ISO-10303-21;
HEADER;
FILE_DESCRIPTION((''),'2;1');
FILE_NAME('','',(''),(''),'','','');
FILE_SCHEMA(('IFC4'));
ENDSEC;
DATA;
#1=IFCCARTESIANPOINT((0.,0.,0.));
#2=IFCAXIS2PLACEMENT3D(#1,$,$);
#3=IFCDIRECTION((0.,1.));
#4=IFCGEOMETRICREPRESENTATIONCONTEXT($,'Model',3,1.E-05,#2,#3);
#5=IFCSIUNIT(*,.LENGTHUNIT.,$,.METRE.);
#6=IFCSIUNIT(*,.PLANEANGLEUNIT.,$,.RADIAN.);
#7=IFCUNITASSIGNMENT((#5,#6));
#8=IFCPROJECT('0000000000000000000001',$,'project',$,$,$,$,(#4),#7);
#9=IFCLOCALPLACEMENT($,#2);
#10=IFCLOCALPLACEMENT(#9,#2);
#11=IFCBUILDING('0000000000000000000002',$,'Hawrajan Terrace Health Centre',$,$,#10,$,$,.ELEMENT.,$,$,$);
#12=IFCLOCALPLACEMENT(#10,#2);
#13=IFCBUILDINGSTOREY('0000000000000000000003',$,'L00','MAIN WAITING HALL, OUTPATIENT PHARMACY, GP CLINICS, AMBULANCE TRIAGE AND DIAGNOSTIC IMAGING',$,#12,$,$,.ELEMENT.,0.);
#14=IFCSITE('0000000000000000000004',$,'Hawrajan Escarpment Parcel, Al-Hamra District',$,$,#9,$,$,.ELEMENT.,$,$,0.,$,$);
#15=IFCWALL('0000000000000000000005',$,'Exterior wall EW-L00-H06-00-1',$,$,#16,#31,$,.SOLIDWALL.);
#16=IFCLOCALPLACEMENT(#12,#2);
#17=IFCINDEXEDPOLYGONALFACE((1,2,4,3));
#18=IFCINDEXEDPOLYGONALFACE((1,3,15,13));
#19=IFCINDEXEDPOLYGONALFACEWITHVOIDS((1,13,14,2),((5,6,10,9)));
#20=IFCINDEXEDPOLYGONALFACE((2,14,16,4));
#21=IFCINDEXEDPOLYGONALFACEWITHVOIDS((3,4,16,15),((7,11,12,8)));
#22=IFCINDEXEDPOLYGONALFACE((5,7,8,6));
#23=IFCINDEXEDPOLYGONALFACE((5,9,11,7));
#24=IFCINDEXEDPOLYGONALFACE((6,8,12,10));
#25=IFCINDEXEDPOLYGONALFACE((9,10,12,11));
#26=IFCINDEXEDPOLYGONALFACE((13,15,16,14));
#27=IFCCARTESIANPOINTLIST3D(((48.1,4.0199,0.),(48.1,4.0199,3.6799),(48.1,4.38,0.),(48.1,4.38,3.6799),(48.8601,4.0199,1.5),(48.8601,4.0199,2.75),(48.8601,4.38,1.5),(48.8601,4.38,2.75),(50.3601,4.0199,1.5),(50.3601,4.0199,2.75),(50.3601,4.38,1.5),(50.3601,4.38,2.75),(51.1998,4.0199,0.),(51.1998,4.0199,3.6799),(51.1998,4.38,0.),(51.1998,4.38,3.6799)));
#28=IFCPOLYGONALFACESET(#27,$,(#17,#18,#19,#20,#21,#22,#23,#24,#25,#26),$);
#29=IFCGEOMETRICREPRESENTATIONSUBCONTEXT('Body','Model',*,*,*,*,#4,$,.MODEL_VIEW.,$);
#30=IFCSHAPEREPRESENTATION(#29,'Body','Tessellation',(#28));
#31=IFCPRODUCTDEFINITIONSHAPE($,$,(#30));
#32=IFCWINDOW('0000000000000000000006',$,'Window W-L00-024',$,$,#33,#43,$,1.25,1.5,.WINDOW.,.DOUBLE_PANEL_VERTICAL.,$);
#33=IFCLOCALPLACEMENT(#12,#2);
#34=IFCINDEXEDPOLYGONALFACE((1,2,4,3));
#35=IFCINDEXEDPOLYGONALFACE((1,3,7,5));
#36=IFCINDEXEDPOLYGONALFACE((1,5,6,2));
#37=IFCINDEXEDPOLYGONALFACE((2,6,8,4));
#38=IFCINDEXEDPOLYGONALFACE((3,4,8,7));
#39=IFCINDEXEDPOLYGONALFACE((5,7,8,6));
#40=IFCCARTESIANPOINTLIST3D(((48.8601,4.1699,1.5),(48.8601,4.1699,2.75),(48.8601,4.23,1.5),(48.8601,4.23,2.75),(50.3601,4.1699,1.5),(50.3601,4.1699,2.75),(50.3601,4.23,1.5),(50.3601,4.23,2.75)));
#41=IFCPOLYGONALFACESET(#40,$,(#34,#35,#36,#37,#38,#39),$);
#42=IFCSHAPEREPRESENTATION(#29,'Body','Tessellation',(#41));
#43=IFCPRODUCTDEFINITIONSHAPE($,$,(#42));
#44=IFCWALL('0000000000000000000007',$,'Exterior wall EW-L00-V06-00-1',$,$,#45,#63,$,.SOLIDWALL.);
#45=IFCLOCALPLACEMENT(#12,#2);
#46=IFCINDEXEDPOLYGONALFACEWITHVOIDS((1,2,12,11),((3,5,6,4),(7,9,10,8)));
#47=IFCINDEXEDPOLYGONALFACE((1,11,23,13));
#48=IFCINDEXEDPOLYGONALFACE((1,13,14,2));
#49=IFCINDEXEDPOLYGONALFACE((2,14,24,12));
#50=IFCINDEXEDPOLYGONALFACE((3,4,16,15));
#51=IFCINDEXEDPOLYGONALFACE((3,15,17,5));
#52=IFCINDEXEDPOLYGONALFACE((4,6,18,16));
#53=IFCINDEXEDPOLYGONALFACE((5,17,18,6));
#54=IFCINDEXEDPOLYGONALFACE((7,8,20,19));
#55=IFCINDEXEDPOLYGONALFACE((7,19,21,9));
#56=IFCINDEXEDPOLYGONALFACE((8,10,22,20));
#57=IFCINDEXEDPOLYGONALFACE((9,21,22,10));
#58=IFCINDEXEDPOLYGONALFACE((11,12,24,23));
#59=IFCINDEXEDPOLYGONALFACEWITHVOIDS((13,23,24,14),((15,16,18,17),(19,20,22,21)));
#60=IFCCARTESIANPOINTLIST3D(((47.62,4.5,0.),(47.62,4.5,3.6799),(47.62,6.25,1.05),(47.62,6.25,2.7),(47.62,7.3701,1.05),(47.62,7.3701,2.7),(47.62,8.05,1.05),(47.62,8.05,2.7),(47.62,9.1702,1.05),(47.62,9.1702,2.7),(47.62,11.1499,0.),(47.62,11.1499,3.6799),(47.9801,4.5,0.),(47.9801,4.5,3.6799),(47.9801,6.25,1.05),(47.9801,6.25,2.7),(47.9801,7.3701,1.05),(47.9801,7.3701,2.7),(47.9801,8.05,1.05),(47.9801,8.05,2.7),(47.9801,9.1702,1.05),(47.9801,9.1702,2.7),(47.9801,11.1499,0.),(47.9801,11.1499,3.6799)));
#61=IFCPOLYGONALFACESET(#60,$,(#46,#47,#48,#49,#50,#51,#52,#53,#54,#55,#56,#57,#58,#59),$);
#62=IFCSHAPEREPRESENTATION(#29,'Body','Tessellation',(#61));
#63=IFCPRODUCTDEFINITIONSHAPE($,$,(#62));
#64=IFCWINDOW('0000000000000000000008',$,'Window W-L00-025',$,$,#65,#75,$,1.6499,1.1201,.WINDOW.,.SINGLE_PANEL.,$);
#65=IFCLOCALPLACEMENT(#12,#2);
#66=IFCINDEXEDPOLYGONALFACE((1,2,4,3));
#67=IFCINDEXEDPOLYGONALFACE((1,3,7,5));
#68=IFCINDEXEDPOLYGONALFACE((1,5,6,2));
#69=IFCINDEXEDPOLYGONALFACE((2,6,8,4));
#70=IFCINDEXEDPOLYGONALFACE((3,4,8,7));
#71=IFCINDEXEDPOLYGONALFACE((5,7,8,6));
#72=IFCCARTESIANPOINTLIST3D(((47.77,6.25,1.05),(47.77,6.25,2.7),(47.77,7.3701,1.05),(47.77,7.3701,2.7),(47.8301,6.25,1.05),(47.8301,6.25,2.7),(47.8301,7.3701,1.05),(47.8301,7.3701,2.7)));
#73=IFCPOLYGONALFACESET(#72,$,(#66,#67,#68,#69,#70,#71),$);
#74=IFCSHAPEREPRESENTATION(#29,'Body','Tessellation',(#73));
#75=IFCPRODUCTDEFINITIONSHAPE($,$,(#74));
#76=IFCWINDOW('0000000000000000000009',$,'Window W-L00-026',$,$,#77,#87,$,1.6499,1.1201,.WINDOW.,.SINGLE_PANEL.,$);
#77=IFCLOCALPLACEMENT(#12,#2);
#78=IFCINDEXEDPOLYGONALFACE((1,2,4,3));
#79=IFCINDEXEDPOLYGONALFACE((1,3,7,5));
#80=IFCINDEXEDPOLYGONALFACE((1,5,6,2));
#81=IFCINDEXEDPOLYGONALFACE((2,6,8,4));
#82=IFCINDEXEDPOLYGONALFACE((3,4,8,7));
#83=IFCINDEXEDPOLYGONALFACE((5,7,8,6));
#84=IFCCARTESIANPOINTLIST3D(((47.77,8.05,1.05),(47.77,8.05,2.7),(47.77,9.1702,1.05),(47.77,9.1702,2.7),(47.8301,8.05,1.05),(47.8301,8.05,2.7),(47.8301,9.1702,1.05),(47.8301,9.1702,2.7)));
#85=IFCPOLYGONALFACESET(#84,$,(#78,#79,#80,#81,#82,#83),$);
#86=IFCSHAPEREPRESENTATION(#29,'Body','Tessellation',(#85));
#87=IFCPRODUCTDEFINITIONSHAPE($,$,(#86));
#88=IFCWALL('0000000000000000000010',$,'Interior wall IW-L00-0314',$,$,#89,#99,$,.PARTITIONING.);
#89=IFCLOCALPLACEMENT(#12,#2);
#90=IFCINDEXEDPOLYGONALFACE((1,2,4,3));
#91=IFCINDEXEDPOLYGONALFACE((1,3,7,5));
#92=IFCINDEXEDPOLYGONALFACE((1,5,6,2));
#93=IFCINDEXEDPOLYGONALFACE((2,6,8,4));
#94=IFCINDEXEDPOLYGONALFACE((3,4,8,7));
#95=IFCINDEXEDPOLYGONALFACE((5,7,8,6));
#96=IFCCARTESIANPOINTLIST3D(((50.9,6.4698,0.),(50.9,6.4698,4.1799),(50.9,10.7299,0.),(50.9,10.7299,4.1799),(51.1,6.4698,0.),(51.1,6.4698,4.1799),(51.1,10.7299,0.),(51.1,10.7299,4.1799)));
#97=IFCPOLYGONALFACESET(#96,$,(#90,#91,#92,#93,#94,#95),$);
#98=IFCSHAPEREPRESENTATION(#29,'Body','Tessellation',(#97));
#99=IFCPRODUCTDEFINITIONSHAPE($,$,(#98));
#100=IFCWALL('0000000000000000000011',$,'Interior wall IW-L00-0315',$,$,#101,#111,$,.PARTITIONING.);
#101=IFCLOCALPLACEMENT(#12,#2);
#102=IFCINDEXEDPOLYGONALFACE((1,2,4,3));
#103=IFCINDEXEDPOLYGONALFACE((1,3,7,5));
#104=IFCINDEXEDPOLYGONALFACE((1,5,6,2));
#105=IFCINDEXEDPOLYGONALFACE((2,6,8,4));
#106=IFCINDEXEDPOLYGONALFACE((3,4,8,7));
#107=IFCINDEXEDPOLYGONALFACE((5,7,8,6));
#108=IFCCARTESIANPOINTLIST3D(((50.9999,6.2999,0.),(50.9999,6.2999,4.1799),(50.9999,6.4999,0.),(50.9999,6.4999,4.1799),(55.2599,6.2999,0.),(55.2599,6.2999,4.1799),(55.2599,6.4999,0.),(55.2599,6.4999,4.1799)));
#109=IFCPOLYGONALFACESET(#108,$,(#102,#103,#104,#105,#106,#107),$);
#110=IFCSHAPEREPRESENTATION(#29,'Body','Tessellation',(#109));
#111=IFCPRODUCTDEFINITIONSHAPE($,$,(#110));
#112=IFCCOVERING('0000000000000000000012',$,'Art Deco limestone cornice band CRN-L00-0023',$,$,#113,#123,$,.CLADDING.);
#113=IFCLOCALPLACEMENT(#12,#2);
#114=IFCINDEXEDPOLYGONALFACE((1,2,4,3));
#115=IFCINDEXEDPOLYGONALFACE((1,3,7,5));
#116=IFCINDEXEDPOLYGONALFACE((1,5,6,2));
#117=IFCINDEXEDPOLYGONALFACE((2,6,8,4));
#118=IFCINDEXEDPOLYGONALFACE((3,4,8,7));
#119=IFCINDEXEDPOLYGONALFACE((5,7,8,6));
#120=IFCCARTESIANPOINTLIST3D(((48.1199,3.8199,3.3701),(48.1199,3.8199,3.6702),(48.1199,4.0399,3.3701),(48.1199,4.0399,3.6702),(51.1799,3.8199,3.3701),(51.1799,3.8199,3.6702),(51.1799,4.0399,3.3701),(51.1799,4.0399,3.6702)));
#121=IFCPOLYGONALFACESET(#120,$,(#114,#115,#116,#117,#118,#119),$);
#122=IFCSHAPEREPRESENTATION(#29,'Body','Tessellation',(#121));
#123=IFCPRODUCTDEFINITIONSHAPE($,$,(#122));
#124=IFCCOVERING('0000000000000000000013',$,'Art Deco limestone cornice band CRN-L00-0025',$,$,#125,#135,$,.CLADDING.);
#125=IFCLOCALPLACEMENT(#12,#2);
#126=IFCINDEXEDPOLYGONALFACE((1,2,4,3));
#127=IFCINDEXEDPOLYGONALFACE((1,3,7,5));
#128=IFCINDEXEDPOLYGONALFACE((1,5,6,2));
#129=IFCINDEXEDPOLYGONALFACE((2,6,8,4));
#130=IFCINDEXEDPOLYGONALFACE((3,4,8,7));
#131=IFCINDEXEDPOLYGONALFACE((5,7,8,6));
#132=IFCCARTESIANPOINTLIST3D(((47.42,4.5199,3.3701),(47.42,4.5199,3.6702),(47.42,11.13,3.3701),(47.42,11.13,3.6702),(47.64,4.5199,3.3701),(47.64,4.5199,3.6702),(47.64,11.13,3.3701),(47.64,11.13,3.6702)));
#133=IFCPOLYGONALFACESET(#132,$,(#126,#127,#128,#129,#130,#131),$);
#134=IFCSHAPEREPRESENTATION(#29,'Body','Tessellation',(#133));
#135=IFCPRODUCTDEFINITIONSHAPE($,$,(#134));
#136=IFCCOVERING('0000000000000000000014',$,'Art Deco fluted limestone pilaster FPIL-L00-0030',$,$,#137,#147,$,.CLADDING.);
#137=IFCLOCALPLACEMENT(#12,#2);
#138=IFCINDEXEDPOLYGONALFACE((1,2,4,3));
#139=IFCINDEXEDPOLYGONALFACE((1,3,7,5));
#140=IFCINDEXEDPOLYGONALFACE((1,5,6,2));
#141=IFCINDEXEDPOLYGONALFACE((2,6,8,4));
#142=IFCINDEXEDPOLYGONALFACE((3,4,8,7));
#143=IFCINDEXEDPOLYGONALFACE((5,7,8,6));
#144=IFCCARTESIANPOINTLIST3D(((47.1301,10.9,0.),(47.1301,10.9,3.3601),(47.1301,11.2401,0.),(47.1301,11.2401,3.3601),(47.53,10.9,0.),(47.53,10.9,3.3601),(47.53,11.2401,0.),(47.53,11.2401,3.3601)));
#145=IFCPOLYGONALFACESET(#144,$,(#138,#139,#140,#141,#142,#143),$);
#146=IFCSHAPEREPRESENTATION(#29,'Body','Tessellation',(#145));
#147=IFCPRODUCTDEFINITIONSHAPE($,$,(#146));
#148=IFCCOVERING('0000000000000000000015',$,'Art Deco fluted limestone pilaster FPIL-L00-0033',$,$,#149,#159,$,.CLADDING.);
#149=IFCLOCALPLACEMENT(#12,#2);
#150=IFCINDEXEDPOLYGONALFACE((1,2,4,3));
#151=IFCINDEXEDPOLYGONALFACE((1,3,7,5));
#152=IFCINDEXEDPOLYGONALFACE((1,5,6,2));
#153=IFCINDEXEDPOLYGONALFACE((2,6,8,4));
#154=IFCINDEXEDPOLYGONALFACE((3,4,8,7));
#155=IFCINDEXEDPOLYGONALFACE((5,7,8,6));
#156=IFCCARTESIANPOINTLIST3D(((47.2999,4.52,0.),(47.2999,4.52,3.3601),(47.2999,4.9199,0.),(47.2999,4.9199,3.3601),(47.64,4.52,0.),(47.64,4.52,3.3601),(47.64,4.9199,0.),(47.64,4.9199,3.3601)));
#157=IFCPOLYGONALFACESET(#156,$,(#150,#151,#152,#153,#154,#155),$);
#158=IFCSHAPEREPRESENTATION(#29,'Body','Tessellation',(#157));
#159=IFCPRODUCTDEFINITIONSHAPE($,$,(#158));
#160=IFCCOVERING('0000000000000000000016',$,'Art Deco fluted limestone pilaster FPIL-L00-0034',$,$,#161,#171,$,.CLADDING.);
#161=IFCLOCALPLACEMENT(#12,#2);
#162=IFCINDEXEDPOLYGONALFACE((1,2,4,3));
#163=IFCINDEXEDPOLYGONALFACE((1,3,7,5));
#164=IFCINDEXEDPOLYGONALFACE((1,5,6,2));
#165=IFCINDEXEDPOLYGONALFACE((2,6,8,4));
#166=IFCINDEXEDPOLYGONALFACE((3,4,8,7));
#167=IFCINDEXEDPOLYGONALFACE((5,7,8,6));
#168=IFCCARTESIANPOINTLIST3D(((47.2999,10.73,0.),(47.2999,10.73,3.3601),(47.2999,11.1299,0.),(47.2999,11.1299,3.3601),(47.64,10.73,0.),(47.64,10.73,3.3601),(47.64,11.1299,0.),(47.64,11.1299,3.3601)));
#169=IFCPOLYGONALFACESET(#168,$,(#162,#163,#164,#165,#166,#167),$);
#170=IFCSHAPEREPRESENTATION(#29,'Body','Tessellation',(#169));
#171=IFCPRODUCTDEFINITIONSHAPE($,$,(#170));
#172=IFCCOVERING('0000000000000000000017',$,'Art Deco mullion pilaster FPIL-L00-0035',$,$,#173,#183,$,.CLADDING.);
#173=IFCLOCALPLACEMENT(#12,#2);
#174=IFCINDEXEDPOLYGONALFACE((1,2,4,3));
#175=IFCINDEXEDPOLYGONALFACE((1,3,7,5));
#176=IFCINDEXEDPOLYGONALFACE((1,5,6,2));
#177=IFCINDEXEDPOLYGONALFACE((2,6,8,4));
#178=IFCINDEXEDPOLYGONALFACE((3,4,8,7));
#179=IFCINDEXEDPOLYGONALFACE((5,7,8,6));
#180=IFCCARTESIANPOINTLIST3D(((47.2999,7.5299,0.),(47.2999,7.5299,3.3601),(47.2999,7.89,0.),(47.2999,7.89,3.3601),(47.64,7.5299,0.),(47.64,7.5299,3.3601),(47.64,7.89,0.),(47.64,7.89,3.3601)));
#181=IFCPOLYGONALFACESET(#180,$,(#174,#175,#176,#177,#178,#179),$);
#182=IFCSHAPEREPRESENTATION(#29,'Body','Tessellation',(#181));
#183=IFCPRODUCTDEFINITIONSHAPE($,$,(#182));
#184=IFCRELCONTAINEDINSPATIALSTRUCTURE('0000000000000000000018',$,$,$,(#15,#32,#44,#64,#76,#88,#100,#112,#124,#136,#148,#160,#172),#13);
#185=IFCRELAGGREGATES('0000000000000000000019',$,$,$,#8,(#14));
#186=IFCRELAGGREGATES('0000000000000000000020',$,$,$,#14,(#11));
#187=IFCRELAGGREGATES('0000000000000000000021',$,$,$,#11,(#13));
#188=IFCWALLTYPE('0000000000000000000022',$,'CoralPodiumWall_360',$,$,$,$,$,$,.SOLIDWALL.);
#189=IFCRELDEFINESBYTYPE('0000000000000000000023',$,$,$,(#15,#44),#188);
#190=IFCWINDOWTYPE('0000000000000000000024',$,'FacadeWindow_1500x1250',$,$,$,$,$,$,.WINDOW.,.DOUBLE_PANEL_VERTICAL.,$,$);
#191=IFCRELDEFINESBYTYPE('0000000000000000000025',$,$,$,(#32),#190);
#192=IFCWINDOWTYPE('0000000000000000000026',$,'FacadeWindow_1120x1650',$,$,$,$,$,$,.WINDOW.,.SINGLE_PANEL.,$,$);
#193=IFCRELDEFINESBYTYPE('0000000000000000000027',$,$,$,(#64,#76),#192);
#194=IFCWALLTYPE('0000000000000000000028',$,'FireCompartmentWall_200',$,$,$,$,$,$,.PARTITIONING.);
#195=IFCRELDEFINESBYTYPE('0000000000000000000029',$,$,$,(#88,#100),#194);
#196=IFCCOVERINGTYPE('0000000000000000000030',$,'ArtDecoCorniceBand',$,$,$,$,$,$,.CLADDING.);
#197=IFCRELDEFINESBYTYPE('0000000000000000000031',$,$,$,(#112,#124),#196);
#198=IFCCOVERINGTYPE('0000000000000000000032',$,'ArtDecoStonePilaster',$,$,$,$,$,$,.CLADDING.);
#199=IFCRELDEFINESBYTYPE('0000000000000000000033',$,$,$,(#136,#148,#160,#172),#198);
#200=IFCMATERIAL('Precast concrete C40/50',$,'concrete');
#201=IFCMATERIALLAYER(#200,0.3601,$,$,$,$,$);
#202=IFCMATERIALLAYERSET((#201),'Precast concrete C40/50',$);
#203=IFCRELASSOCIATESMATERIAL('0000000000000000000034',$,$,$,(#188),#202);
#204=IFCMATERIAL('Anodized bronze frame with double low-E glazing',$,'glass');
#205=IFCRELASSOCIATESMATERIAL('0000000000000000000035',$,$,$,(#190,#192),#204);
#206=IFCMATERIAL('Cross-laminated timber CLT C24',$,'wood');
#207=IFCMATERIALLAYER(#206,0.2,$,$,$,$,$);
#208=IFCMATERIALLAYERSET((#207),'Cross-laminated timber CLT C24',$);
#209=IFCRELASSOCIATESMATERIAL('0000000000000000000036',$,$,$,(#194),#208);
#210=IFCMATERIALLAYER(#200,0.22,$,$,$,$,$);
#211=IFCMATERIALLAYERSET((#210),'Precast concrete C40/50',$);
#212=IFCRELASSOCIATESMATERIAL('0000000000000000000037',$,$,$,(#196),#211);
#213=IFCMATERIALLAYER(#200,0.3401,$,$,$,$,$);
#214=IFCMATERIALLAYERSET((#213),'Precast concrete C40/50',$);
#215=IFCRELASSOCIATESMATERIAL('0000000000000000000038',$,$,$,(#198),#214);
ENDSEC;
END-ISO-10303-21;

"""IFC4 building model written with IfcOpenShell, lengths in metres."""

from ifc_helpers import new_model, si_unit, direction, frame, frame_2d, origin, origin_2d, place, context, subcontext, project, spatial, rectangle, extrude, material, layer, layer_set, type_object, element, fill, save


model = new_model("IFC4")

# Units and contexts
model_context = context("Model", 3, precision=1e-05, world=origin(), true_north=direction((0.0, 1.0)))
body_context = subcontext(model_context, "Body", "Model", "MODEL_VIEW")
ifc_project = project(units=[si_unit("LENGTHUNIT", "METRE"), si_unit("PLANEANGLEUNIT", "RADIAN")], contexts=[model_context])

# Site, building, storey
site_placement = place(None, origin())
site = spatial("IfcSite", under=ifc_project, at=site_placement, Name="Hawrajan Escarpment Parcel, Al-Hamra District", CompositionType="ELEMENT", RefElevation=0.0)
building_placement = place(site_placement, origin())
building = spatial("IfcBuilding", under=site, at=building_placement, Name="Hawrajan Terrace Health Centre", CompositionType="ELEMENT")
storey_placement = place(building_placement, origin())
storey = spatial("IfcBuildingStorey", under=building, at=storey_placement, Name="L00", Description="MAIN WAITING HALL, OUTPATIENT PHARMACY, GP CLINICS, AMBULANCE TRIAGE AND DIAGNOSTIC IMAGING", CompositionType="ELEMENT", Elevation=0.0)

# Wall, opening, window
ifc_material_1 = material(Name="Precast concrete C40/50", Category="concrete")
ifc_layer_1 = layer(ifc_material_1, 0.3601)
ifc_layer_set_1 = layer_set([ifc_layer_1], Name="Precast concrete C40/50")
wall_type_1 = type_object("IfcWallType", Name="CoralPodiumWall_360", PredefinedType="SOLIDWALL", material=ifc_layer_set_1)
wall_1_placement = place(storey_placement, frame((48.1001, 4.2, 0.0), z_axis=(0.0, 0.0, 1.0), x_axis=(1.0, 0.0, 0.0)))
wall_1 = element("IfcWall", 1, at=wall_1_placement, inside=storey, type_object=wall_type_1, Name="Exterior wall EW-L00-H06-00-1", PredefinedType="SOLIDWALL", context=body_context, shape_type="SweptSolid", body=[
    extrude(rectangle(XDim=3.0999, YDim=0.3601, at=frame_2d((1.5498, 0.0))), origin(), (0.0, 0.0, 1.0), 3.6799),
])
opening_1_placement = place(wall_1_placement, frame((0.76, 0.0, 1.5)))
opening_1 = element("IfcOpeningElement", 2, at=opening_1_placement, cuts=wall_1, PredefinedType="OPENING", context=body_context, shape_type="SweptSolid", body=[
    extrude(rectangle(XDim=1.5, YDim=1.25, at=frame_2d((0.75, 0.625))), frame((0.0, 0.1899, 0.0), z_axis=(0.0, -1.0, 0.0), x_axis=(1.0, 0.0, 0.0)), (0.0, 0.0, 1.0), 0.3801),
])
ifc_material_2 = material(Name="Anodized bronze frame with double low-E glazing", Category="glass")
window_type_1 = type_object("IfcWindowType", Name="FacadeWindow_1500x1250", PartitioningType="DOUBLE_PANEL_VERTICAL", PredefinedType="WINDOW", material=ifc_material_2)
window_1_placement = place(opening_1_placement, origin())
window_1 = element("IfcWindow", 3, at=window_1_placement, inside=storey, type_object=window_type_1, Name="Window W-L00-024", OverallHeight=1.25, OverallWidth=1.5, PartitioningType="DOUBLE_PANEL_VERTICAL", PredefinedType="WINDOW", context=body_context, shape_type="SweptSolid", body=[
    extrude(rectangle(XDim=1.5, YDim=1.25, at=frame_2d((0.75, 0.625))), frame((0.0, 0.03, 0.0), z_axis=(0.0, -1.0, 0.0), x_axis=(1.0, 0.0, 0.0)), (0.0, 0.0, 1.0), 0.0601),
])
fill(opening_1, window_1)

# Wall, openings, windows
wall_2_placement = place(storey_placement, frame((47.8, 4.5, 0.0), z_axis=(0.0, 0.0, 1.0), x_axis=(0.0, 1.0, 0.0)))
wall_2 = element("IfcWall", 4, at=wall_2_placement, inside=storey, type_object=wall_type_1, Name="Exterior wall EW-L00-V06-00-1", PredefinedType="SOLIDWALL", context=body_context, shape_type="SweptSolid", body=[
    extrude(rectangle(XDim=6.6499, YDim=0.3601, at=frame_2d((3.325, 0.0))), origin(), (0.0, 0.0, 1.0), 3.6799),
])
opening_2_placement = place(wall_2_placement, frame((1.75, 0.0, 1.05)))
opening_2 = element("IfcOpeningElement", 5, at=opening_2_placement, cuts=wall_2, PredefinedType="OPENING", context=body_context, shape_type="SweptSolid", body=[
    extrude(rectangle(XDim=1.1201, YDim=1.6499, at=frame_2d((0.5601, 0.825))), frame((0.0, 0.1899, 0.0), z_axis=(0.0, -1.0, 0.0), x_axis=(1.0, 0.0, 0.0)), (0.0, 0.0, 1.0), 0.3801),
])
opening_3_placement = place(wall_2_placement, frame((3.55, 0.0, 1.05)))
opening_3 = element("IfcOpeningElement", 6, at=opening_3_placement, cuts=wall_2, PredefinedType="OPENING", context=body_context, shape_type="SweptSolid", body=[
    extrude(rectangle(XDim=1.1201, YDim=1.6499, at=frame_2d((0.5601, 0.825))), frame((0.0, 0.1899, 0.0), z_axis=(0.0, -1.0, 0.0), x_axis=(1.0, 0.0, 0.0)), (0.0, 0.0, 1.0), 0.3801),
])
window_type_2 = type_object("IfcWindowType", Name="FacadeWindow_1120x1650", PartitioningType="SINGLE_PANEL", PredefinedType="WINDOW", material=ifc_material_2)
window_2_placement = place(opening_2_placement, origin())
window_2 = element("IfcWindow", 7, at=window_2_placement, inside=storey, type_object=window_type_2, Name="Window W-L00-025", OverallHeight=1.6499, OverallWidth=1.1201, PartitioningType="SINGLE_PANEL", PredefinedType="WINDOW", context=body_context, shape_type="SweptSolid", body=[
    extrude(rectangle(XDim=1.1201, YDim=1.6499, at=frame_2d((0.5601, 0.825))), frame((0.0, 0.03, 0.0), z_axis=(0.0, -1.0, 0.0), x_axis=(1.0, 0.0, 0.0)), (0.0, 0.0, 1.0), 0.0601),
])
fill(opening_2, window_2)
window_3_placement = place(opening_3_placement, origin())
window_3 = element("IfcWindow", 8, at=window_3_placement, inside=storey, type_object=window_type_2, Name="Window W-L00-026", OverallHeight=1.6499, OverallWidth=1.1201, PartitioningType="SINGLE_PANEL", PredefinedType="WINDOW", context=body_context, shape_type="SweptSolid", body=[
    extrude(rectangle(XDim=1.1201, YDim=1.6499, at=frame_2d((0.5601, 0.825))), frame((0.0, 0.03, 0.0), z_axis=(0.0, -1.0, 0.0), x_axis=(1.0, 0.0, 0.0)), (0.0, 0.0, 1.0), 0.0601),
])
fill(opening_3, window_3)

# Walls
ifc_material_3 = material(Name="Cross-laminated timber CLT C24", Category="wood")
ifc_layer_2 = layer(ifc_material_3, 0.2)
ifc_layer_set_2 = layer_set([ifc_layer_2], Name="Cross-laminated timber CLT C24")
wall_type_2 = type_object("IfcWallType", Name="FireCompartmentWall_200", PredefinedType="PARTITIONING", material=ifc_layer_set_2)
for number, where, z_axis, x_axis, name in (
    (9, (51.0, 6.47, 0.0), (0.0, 0.0, 1.0), (0.0, 1.0, 0.0), "Interior wall IW-L00-0314"),
    (10, (51.0, 6.3999, 0.0), (0.0, 0.0, 1.0), (1.0, 0.0, 0.0), "Interior wall IW-L00-0315"),
):
    element("IfcWall", number, at=place(storey_placement, frame(where, z_axis=z_axis, x_axis=x_axis)), inside=storey, type_object=wall_type_2, Name=name, PredefinedType="PARTITIONING", context=body_context, shape_type="SweptSolid", body=[
        extrude(rectangle(XDim=4.26, YDim=0.2, at=frame_2d((2.1299, 0.0))), origin(), (0.0, 0.0, 1.0), 4.1799),
    ])

# Coverings
ifc_layer_3 = layer(ifc_material_1, 0.22)
ifc_layer_set_3 = layer_set([ifc_layer_3], Name="Precast concrete C40/50")
covering_type_1 = type_object("IfcCoveringType", Name="ArtDecoCorniceBand", PredefinedType="CLADDING", material=ifc_layer_set_3)
covering_1_placement = place(storey_placement, frame((49.6499, 3.9299, 3.3701), z_axis=(0.0, 0.0, 1.0), x_axis=(1.0, 0.0, 0.0)))
element("IfcCovering", 11, at=covering_1_placement, inside=storey, type_object=covering_type_1, Name="Art Deco limestone cornice band CRN-L00-0023", PredefinedType="CLADDING", context=body_context, shape_type="SweptSolid", body=[
    extrude(rectangle(XDim=3.0601, YDim=0.22, at=origin_2d()), origin(), (0.0, 0.0, 1.0), 0.3),
])
covering_2_placement = place(storey_placement, frame((47.53, 7.825, 3.3701), z_axis=(0.0, 0.0, 1.0), x_axis=(0.0, 1.0, 0.0)))
element("IfcCovering", 12, at=covering_2_placement, inside=storey, type_object=covering_type_1, Name="Art Deco limestone cornice band CRN-L00-0025", PredefinedType="CLADDING", context=body_context, shape_type="SweptSolid", body=[
    extrude(rectangle(XDim=6.6101, YDim=0.22, at=origin_2d()), origin(), (0.0, 0.0, 1.0), 0.3),
])
ifc_layer_4 = layer(ifc_material_1, 0.3401)
ifc_layer_set_4 = layer_set([ifc_layer_4], Name="Precast concrete C40/50")
covering_type_2 = type_object("IfcCoveringType", Name="ArtDecoStonePilaster", PredefinedType="CLADDING", material=ifc_layer_set_4)
for number, where, z_axis, x_axis, name in (
    (13, (47.3301, 11.0701, 0.0), (0.0, 0.0, 1.0), (1.0, 0.0, 0.0), "Art Deco fluted limestone pilaster FPIL-L00-0030"),
    (14, (47.47, 4.72, 0.0), (0.0, 0.0, 1.0), (0.0, 1.0, 0.0), "Art Deco fluted limestone pilaster FPIL-L00-0033"),
    (15, (47.47, 10.9299, 0.0), (0.0, 0.0, 1.0), (0.0, 1.0, 0.0), "Art Deco fluted limestone pilaster FPIL-L00-0034"),
):
    element("IfcCovering", number, at=place(storey_placement, frame(where, z_axis=z_axis, x_axis=x_axis)), inside=storey, type_object=covering_type_2, Name=name, PredefinedType="CLADDING", context=body_context, shape_type="SweptSolid", body=[
        extrude(rectangle(XDim=0.3999, YDim=0.3401, at=origin_2d()), origin(), (0.0, 0.0, 1.0), 3.3601),
    ])
covering_3_placement = place(storey_placement, frame((47.47, 7.71, 0.0), z_axis=(0.0, 0.0, 1.0), x_axis=(0.0, 1.0, 0.0)))
element("IfcCovering", 16, at=covering_3_placement, inside=storey, type_object=covering_type_2, Name="Art Deco mullion pilaster FPIL-L00-0035", PredefinedType="CLADDING", context=body_context, shape_type="SweptSolid", body=[
    extrude(rectangle(XDim=0.3601, YDim=0.3401, at=origin_2d()), origin(), (0.0, 0.0, 1.0), 3.3601),
])

save(model, "model.ifc")
